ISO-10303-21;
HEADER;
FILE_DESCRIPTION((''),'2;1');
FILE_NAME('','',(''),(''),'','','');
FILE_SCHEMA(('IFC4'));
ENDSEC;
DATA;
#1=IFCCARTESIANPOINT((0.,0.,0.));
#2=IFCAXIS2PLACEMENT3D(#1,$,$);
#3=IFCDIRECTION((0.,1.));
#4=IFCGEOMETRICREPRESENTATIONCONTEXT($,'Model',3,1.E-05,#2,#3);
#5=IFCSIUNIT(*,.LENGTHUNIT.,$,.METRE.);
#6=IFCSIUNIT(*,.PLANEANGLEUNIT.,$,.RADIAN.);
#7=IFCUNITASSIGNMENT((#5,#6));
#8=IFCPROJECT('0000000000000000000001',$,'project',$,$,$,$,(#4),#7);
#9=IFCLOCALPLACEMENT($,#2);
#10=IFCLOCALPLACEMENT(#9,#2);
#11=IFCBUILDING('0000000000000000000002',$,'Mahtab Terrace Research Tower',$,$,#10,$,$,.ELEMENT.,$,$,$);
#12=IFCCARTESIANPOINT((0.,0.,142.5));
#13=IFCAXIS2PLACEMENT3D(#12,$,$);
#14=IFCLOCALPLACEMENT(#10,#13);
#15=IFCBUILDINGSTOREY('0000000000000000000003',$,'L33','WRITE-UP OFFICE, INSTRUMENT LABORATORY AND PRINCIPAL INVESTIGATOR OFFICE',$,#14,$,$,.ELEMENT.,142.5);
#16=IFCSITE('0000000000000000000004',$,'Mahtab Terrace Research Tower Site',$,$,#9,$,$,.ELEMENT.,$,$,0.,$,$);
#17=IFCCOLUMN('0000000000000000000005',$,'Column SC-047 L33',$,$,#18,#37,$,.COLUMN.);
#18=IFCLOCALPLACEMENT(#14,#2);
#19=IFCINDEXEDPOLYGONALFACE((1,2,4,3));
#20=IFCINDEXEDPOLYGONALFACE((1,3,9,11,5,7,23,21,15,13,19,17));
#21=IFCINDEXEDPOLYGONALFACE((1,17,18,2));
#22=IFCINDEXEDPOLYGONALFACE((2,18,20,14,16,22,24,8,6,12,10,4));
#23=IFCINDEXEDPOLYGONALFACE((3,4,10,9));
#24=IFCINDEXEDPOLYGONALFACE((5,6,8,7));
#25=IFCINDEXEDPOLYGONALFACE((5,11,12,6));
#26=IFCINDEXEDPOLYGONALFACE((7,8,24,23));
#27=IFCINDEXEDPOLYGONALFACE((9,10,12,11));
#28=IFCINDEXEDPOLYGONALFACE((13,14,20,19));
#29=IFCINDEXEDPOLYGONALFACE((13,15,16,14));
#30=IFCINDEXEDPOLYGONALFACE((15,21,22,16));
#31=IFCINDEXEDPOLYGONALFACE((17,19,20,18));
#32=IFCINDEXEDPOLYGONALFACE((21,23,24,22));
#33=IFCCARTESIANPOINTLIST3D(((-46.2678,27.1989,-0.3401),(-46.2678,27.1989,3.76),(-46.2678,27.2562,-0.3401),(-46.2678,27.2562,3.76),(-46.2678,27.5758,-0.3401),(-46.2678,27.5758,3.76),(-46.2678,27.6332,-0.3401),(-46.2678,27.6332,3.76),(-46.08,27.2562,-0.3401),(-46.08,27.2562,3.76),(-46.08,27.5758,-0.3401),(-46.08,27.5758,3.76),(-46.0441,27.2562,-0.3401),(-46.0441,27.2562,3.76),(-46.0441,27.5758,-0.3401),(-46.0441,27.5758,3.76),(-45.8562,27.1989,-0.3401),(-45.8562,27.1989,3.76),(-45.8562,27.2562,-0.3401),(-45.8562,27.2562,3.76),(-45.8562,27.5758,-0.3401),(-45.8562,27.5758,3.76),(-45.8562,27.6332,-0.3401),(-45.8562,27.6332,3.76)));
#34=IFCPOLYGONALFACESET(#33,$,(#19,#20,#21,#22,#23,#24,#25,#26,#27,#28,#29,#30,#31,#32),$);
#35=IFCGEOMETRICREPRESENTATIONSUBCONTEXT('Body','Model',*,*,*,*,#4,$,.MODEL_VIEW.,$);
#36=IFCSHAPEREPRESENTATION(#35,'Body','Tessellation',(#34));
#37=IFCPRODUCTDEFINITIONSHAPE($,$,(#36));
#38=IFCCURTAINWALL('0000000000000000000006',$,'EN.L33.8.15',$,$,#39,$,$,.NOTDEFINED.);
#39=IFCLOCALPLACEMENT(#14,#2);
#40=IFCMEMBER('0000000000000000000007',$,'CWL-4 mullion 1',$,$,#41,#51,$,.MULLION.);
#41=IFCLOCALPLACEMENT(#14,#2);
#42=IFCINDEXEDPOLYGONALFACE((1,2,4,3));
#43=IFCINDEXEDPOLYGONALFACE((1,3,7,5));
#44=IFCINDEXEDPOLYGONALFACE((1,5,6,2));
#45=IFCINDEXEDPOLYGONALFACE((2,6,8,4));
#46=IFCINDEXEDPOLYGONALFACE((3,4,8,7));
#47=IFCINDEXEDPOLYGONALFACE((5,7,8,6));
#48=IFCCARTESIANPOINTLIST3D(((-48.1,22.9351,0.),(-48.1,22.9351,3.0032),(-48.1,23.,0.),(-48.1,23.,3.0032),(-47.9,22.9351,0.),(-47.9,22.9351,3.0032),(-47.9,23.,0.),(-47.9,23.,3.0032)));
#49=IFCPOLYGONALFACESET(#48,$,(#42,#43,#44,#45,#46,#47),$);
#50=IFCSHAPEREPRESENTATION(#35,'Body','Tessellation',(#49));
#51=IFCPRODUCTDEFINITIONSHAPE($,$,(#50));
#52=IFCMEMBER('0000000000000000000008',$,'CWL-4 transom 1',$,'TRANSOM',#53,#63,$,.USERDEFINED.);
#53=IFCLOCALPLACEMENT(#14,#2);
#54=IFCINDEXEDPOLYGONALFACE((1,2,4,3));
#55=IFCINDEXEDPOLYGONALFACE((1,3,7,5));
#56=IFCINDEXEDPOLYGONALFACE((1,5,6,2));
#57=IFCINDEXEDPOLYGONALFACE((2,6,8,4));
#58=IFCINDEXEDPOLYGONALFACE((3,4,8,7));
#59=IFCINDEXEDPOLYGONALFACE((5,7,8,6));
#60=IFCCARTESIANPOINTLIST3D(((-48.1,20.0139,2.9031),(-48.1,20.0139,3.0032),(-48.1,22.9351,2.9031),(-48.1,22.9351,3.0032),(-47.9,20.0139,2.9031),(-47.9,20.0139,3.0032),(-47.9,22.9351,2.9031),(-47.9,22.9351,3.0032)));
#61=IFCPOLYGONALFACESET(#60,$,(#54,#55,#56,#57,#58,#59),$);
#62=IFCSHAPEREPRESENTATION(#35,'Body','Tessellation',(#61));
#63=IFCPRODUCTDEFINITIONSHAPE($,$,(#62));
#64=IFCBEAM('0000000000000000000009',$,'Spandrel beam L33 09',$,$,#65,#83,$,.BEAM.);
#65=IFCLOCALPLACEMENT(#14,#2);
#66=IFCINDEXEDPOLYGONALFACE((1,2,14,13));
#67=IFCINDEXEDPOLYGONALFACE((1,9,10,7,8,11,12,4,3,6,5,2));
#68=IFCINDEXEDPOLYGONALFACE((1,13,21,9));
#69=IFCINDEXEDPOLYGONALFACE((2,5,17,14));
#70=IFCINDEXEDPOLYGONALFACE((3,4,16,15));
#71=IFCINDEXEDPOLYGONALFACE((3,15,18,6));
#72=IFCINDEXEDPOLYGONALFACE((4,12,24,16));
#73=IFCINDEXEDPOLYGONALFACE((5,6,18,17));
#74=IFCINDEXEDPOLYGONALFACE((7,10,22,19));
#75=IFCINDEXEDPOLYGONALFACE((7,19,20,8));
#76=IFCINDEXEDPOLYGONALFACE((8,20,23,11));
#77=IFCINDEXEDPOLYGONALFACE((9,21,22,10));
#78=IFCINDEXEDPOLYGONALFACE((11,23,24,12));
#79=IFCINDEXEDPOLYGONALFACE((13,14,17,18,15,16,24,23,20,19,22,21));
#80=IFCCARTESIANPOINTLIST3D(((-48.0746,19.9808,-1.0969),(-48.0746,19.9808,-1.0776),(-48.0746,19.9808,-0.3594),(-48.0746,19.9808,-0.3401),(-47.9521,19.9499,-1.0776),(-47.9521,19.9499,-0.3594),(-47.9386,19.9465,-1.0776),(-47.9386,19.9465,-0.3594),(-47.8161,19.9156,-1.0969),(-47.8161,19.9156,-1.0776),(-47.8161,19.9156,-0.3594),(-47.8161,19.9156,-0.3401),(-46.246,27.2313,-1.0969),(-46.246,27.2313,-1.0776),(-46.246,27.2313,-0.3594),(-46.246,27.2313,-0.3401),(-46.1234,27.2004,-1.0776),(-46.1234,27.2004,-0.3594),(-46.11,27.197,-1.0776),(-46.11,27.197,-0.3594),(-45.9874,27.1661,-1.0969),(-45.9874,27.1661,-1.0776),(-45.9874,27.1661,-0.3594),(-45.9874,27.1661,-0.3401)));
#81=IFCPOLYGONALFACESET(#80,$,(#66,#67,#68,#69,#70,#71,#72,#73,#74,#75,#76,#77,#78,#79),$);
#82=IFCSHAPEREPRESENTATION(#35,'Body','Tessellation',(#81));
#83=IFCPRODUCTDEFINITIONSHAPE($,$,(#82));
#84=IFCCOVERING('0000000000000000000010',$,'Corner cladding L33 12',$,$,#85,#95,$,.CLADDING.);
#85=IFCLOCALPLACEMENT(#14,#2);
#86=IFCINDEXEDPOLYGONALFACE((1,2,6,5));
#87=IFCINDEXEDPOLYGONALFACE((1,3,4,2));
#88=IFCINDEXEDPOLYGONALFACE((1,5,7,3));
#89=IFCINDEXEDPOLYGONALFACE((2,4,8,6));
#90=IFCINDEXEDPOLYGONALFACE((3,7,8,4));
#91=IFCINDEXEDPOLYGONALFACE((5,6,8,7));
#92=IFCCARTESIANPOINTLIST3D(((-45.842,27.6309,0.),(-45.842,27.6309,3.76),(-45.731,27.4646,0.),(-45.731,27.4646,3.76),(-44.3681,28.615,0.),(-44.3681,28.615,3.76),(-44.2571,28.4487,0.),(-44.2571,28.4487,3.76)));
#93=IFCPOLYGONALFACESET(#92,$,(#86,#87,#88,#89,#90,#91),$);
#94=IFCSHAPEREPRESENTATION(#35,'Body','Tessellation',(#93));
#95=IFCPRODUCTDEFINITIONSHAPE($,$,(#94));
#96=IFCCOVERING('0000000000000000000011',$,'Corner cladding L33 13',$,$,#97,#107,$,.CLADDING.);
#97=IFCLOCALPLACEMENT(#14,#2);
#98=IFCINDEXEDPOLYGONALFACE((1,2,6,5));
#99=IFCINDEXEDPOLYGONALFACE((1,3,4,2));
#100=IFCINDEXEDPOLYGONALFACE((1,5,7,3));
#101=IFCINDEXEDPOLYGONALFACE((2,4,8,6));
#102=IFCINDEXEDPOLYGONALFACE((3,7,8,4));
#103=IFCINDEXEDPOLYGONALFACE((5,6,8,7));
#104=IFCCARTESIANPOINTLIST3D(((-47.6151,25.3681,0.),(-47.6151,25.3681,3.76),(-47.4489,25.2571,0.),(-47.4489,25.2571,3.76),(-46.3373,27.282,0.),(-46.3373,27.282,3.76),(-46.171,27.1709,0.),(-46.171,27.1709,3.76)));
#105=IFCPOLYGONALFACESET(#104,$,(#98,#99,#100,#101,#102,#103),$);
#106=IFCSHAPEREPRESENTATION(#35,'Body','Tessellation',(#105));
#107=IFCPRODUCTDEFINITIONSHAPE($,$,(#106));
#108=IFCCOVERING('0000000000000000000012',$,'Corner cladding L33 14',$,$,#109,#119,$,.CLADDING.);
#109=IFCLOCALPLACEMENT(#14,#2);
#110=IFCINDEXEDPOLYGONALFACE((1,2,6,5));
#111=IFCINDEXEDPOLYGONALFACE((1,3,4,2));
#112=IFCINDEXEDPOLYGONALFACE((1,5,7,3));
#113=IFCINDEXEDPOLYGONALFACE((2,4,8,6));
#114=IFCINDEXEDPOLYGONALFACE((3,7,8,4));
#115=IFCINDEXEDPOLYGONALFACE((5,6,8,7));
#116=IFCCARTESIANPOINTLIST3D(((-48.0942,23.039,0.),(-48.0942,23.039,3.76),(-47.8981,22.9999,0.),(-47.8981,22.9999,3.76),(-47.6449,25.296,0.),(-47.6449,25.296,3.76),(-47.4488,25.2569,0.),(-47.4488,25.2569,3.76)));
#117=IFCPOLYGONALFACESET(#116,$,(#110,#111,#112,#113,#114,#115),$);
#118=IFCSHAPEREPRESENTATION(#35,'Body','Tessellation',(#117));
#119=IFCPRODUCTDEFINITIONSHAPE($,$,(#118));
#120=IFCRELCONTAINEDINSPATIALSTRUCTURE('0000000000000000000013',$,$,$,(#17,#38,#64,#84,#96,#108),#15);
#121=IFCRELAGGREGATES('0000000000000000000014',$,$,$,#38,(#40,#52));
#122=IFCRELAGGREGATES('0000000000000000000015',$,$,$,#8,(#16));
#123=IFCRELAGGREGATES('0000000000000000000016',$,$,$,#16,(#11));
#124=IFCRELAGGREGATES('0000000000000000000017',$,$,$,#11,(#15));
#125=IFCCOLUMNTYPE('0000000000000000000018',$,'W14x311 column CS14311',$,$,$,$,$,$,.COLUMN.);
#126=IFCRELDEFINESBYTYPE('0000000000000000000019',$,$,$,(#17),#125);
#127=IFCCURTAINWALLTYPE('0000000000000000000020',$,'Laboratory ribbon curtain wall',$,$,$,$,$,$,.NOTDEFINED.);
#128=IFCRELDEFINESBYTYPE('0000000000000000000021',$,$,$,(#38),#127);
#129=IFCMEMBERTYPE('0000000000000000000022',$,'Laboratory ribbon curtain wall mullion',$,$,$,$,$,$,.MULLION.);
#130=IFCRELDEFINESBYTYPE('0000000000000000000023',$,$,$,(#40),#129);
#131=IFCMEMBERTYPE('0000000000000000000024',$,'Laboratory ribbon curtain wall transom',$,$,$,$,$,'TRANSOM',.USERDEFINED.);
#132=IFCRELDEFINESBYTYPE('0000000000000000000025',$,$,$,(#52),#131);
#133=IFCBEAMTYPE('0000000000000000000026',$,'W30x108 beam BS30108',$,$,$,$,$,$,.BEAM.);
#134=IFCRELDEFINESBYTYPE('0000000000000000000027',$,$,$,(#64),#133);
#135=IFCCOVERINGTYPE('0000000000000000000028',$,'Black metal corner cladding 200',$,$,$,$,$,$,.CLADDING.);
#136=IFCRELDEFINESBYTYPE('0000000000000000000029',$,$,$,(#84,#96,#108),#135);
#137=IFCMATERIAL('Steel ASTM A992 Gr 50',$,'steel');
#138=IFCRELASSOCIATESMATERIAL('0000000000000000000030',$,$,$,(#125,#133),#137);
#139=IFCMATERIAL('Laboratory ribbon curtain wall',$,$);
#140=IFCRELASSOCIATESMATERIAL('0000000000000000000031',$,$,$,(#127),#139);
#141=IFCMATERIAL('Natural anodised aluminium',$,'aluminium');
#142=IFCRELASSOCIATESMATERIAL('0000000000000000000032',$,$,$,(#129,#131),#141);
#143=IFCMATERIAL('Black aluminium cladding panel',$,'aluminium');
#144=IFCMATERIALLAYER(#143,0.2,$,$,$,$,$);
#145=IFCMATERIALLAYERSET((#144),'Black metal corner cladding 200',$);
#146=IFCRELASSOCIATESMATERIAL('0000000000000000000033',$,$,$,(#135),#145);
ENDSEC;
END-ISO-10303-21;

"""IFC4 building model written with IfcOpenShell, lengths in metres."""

from ifc_helpers import new_model, si_unit, direction, frame, origin, origin_2d, place, context, subcontext, project, spatial, rectangle, i_section, extrude, material, layer, layer_set, material_profile, profile_set, type_object, element, aggregate, save


model = new_model("IFC4")

# Units and contexts
model_context = context("Model", 3, precision=1e-05, world=origin(), true_north=direction((0.0, 1.0)))
body_context = subcontext(model_context, "Body", "Model", "MODEL_VIEW")
ifc_project = project(units=[si_unit("LENGTHUNIT", "METRE"), si_unit("PLANEANGLEUNIT", "RADIAN")], contexts=[model_context])

# Site, building, storey
site_placement = place(None, origin())
site = spatial("IfcSite", under=ifc_project, at=site_placement, Name="Mahtab Terrace Research Tower Site", CompositionType="ELEMENT", RefElevation=0.0)
building_placement = place(site_placement, origin())
building = spatial("IfcBuilding", under=site, at=building_placement, Name="Mahtab Terrace Research Tower", CompositionType="ELEMENT")
storey_placement = place(building_placement, frame((0.0, 0.0, 142.5)))
storey = spatial("IfcBuildingStorey", under=building, at=storey_placement, Name="L33", Description="WRITE-UP OFFICE, INSTRUMENT LABORATORY AND PRINCIPAL INVESTIGATOR OFFICE", CompositionType="ELEMENT", Elevation=142.5)

# Column
ifc_material_1 = material(Name="Steel ASTM A992 Gr 50", Category="steel")
ifc_material_profile_1 = material_profile(ifc_material_1, i_section(OverallWidth=0.4116, OverallDepth=0.4343, WebThickness=0.0359, FlangeThickness=0.0574, at=origin_2d()), Name="W14X311")
ifc_profile_set_1 = profile_set([ifc_material_profile_1], Name="Steel ASTM A992 Gr 50")
column_type = type_object("IfcColumnType", Name="W14x311 column CS14311", PredefinedType="COLUMN", material=ifc_profile_set_1)
column_placement = place(storey_placement, frame((-46.062, 27.416, -0.3401), z_axis=(0.0, 0.0, 1.0), x_axis=(1.0, 0.0, 0.0)))
element("IfcColumn", 1, at=column_placement, inside=storey, type_object=column_type, Name="Column SC-047 L33", PredefinedType="COLUMN", context=body_context, shape_type="SweptSolid", body=[
    extrude(i_section(OverallWidth=0.4116, OverallDepth=0.4343, WebThickness=0.0359, FlangeThickness=0.0574, at=origin_2d()), origin(), (0.0, 0.0, 1.0), 4.1001),
])

# Curtain wall, members
ifc_material_2 = material(Name="Laboratory ribbon curtain wall")
curtain_wall_type = type_object("IfcCurtainWallType", Name="Laboratory ribbon curtain wall", PredefinedType="NOTDEFINED", material=ifc_material_2)
curtain_wall_placement = place(storey_placement, origin())
curtain_wall = element("IfcCurtainWall", 2, at=curtain_wall_placement, inside=storey, type_object=curtain_wall_type, Name="EN.L33.8.15", PredefinedType="NOTDEFINED")
ifc_material_3 = material(Name="Natural anodised aluminium", Category="aluminium")
ifc_material_profile_2 = material_profile(ifc_material_3, rectangle(XDim=0.2, YDim=0.0649, at=origin_2d()), Name="MULLION 65x200")
ifc_profile_set_2 = profile_set([ifc_material_profile_2], Name="Natural anodised aluminium")
member_type_1 = type_object("IfcMemberType", Name="Laboratory ribbon curtain wall mullion", PredefinedType="MULLION", material=ifc_profile_set_2)
member_1_placement = place(storey_placement, frame((-48.0, 22.9675, 0.0), z_axis=(0.0, 0.0, 1.0), x_axis=(1.0, 0.0, 0.0)))
member_1 = element("IfcMember", 3, at=member_1_placement, type_object=member_type_1, Name="CWL-4 mullion 1", PredefinedType="MULLION", context=body_context, shape_type="SweptSolid", body=[
    extrude(rectangle(XDim=0.2, YDim=0.0649, at=origin_2d()), origin(), (0.0, 0.0, 1.0), 3.0032),
])
ifc_material_profile_3 = material_profile(ifc_material_3, rectangle(XDim=0.2, YDim=0.1001, at=origin_2d()), Name="TRANSOM 100x200")
ifc_profile_set_3 = profile_set([ifc_material_profile_3], Name="Natural anodised aluminium")
member_type_2 = type_object("IfcMemberType", Name="Laboratory ribbon curtain wall transom", ElementType="TRANSOM", PredefinedType="USERDEFINED", material=ifc_profile_set_3)
member_2_placement = place(storey_placement, frame((-48.0, 22.9351, 2.9531), z_axis=(0.0, -1.0, 0.0), x_axis=(1.0, 0.0, 0.0)))
member_2 = element("IfcMember", 4, at=member_2_placement, type_object=member_type_2, Name="CWL-4 transom 1", ObjectType="TRANSOM", PredefinedType="USERDEFINED", context=body_context, shape_type="SweptSolid", body=[
    extrude(rectangle(XDim=0.2, YDim=0.1001, at=origin_2d()), origin(), (0.0, 0.0, 1.0), 2.9211),
])
aggregate(curtain_wall, [member_1, member_2])

# Beam
ifc_material_profile_4 = material_profile(ifc_material_1, i_section(OverallWidth=0.2666, OverallDepth=0.7568, WebThickness=0.0139, FlangeThickness=0.0193, at=origin_2d()), Name="W30X108")
ifc_profile_set_4 = profile_set([ifc_material_profile_4], Name="Steel ASTM A992 Gr 50")
beam_type = type_object("IfcBeamType", Name="W30x108 beam BS30108", PredefinedType="BEAM", material=ifc_profile_set_4)
beam_placement = place(storey_placement, frame((-46.1167, 27.1987, -0.7185), z_axis=(-0.244548, -0.969637, 0.0), x_axis=(0.969637, -0.244548, 0.0)))
element("IfcBeam", 5, at=beam_placement, inside=storey, type_object=beam_type, Name="Spandrel beam L33 09", PredefinedType="BEAM", context=body_context, shape_type="SweptSolid", body=[
    extrude(i_section(OverallWidth=0.2666, OverallDepth=0.7568, WebThickness=0.0139, FlangeThickness=0.0193, at=origin_2d()), origin(), (0.0, 0.0, 1.0), 7.4775),
])

# Coverings
ifc_material_4 = material(Name="Black aluminium cladding panel", Category="aluminium")
ifc_layer = layer(ifc_material_4, 0.2)
ifc_layer_set = layer_set([ifc_layer], Name="Black metal corner cladding 200")
covering_type = type_object("IfcCoveringType", Name="Black metal corner cladding 200", PredefinedType="CLADDING", material=ifc_layer_set)
covering_placement = place(storey_placement, frame((-45.0496, 28.0398, 0.0), z_axis=(0.0, 0.0, 1.0), x_axis=(-0.831656, -0.555291, 0.0)))
element("IfcCovering", 6, at=covering_placement, inside=storey, type_object=covering_type, Name="Corner cladding L33 12", PredefinedType="CLADDING", context=body_context, shape_type="SweptSolid", body=[
    extrude(rectangle(XDim=1.7722, YDim=0.2, at=origin_2d()), origin(), (0.0, 0.0, 1.0), 3.76),
])
for number, where, z_axis, x_axis, name in (
    (7, (-46.8931, 26.2695, 0.0), (0.0, 0.0, 1.0), (-0.555291, -0.831656, 0.0), "Corner cladding L33 13"),
    (8, (-47.7715, 24.1479, 0.0), (0.0, 0.0, 1.0), (-0.195212, -0.980761, 0.0), "Corner cladding L33 14"),
):
    element("IfcCovering", number, at=place(storey_placement, frame(where, z_axis=z_axis, x_axis=x_axis)), inside=storey, type_object=covering_type, Name=name, PredefinedType="CLADDING", context=body_context, shape_type="SweptSolid", body=[
        extrude(rectangle(XDim=2.3013, YDim=0.2, at=origin_2d()), origin(), (0.0, 0.0, 1.0), 3.76),
    ])

save(model, "model.ifc")
